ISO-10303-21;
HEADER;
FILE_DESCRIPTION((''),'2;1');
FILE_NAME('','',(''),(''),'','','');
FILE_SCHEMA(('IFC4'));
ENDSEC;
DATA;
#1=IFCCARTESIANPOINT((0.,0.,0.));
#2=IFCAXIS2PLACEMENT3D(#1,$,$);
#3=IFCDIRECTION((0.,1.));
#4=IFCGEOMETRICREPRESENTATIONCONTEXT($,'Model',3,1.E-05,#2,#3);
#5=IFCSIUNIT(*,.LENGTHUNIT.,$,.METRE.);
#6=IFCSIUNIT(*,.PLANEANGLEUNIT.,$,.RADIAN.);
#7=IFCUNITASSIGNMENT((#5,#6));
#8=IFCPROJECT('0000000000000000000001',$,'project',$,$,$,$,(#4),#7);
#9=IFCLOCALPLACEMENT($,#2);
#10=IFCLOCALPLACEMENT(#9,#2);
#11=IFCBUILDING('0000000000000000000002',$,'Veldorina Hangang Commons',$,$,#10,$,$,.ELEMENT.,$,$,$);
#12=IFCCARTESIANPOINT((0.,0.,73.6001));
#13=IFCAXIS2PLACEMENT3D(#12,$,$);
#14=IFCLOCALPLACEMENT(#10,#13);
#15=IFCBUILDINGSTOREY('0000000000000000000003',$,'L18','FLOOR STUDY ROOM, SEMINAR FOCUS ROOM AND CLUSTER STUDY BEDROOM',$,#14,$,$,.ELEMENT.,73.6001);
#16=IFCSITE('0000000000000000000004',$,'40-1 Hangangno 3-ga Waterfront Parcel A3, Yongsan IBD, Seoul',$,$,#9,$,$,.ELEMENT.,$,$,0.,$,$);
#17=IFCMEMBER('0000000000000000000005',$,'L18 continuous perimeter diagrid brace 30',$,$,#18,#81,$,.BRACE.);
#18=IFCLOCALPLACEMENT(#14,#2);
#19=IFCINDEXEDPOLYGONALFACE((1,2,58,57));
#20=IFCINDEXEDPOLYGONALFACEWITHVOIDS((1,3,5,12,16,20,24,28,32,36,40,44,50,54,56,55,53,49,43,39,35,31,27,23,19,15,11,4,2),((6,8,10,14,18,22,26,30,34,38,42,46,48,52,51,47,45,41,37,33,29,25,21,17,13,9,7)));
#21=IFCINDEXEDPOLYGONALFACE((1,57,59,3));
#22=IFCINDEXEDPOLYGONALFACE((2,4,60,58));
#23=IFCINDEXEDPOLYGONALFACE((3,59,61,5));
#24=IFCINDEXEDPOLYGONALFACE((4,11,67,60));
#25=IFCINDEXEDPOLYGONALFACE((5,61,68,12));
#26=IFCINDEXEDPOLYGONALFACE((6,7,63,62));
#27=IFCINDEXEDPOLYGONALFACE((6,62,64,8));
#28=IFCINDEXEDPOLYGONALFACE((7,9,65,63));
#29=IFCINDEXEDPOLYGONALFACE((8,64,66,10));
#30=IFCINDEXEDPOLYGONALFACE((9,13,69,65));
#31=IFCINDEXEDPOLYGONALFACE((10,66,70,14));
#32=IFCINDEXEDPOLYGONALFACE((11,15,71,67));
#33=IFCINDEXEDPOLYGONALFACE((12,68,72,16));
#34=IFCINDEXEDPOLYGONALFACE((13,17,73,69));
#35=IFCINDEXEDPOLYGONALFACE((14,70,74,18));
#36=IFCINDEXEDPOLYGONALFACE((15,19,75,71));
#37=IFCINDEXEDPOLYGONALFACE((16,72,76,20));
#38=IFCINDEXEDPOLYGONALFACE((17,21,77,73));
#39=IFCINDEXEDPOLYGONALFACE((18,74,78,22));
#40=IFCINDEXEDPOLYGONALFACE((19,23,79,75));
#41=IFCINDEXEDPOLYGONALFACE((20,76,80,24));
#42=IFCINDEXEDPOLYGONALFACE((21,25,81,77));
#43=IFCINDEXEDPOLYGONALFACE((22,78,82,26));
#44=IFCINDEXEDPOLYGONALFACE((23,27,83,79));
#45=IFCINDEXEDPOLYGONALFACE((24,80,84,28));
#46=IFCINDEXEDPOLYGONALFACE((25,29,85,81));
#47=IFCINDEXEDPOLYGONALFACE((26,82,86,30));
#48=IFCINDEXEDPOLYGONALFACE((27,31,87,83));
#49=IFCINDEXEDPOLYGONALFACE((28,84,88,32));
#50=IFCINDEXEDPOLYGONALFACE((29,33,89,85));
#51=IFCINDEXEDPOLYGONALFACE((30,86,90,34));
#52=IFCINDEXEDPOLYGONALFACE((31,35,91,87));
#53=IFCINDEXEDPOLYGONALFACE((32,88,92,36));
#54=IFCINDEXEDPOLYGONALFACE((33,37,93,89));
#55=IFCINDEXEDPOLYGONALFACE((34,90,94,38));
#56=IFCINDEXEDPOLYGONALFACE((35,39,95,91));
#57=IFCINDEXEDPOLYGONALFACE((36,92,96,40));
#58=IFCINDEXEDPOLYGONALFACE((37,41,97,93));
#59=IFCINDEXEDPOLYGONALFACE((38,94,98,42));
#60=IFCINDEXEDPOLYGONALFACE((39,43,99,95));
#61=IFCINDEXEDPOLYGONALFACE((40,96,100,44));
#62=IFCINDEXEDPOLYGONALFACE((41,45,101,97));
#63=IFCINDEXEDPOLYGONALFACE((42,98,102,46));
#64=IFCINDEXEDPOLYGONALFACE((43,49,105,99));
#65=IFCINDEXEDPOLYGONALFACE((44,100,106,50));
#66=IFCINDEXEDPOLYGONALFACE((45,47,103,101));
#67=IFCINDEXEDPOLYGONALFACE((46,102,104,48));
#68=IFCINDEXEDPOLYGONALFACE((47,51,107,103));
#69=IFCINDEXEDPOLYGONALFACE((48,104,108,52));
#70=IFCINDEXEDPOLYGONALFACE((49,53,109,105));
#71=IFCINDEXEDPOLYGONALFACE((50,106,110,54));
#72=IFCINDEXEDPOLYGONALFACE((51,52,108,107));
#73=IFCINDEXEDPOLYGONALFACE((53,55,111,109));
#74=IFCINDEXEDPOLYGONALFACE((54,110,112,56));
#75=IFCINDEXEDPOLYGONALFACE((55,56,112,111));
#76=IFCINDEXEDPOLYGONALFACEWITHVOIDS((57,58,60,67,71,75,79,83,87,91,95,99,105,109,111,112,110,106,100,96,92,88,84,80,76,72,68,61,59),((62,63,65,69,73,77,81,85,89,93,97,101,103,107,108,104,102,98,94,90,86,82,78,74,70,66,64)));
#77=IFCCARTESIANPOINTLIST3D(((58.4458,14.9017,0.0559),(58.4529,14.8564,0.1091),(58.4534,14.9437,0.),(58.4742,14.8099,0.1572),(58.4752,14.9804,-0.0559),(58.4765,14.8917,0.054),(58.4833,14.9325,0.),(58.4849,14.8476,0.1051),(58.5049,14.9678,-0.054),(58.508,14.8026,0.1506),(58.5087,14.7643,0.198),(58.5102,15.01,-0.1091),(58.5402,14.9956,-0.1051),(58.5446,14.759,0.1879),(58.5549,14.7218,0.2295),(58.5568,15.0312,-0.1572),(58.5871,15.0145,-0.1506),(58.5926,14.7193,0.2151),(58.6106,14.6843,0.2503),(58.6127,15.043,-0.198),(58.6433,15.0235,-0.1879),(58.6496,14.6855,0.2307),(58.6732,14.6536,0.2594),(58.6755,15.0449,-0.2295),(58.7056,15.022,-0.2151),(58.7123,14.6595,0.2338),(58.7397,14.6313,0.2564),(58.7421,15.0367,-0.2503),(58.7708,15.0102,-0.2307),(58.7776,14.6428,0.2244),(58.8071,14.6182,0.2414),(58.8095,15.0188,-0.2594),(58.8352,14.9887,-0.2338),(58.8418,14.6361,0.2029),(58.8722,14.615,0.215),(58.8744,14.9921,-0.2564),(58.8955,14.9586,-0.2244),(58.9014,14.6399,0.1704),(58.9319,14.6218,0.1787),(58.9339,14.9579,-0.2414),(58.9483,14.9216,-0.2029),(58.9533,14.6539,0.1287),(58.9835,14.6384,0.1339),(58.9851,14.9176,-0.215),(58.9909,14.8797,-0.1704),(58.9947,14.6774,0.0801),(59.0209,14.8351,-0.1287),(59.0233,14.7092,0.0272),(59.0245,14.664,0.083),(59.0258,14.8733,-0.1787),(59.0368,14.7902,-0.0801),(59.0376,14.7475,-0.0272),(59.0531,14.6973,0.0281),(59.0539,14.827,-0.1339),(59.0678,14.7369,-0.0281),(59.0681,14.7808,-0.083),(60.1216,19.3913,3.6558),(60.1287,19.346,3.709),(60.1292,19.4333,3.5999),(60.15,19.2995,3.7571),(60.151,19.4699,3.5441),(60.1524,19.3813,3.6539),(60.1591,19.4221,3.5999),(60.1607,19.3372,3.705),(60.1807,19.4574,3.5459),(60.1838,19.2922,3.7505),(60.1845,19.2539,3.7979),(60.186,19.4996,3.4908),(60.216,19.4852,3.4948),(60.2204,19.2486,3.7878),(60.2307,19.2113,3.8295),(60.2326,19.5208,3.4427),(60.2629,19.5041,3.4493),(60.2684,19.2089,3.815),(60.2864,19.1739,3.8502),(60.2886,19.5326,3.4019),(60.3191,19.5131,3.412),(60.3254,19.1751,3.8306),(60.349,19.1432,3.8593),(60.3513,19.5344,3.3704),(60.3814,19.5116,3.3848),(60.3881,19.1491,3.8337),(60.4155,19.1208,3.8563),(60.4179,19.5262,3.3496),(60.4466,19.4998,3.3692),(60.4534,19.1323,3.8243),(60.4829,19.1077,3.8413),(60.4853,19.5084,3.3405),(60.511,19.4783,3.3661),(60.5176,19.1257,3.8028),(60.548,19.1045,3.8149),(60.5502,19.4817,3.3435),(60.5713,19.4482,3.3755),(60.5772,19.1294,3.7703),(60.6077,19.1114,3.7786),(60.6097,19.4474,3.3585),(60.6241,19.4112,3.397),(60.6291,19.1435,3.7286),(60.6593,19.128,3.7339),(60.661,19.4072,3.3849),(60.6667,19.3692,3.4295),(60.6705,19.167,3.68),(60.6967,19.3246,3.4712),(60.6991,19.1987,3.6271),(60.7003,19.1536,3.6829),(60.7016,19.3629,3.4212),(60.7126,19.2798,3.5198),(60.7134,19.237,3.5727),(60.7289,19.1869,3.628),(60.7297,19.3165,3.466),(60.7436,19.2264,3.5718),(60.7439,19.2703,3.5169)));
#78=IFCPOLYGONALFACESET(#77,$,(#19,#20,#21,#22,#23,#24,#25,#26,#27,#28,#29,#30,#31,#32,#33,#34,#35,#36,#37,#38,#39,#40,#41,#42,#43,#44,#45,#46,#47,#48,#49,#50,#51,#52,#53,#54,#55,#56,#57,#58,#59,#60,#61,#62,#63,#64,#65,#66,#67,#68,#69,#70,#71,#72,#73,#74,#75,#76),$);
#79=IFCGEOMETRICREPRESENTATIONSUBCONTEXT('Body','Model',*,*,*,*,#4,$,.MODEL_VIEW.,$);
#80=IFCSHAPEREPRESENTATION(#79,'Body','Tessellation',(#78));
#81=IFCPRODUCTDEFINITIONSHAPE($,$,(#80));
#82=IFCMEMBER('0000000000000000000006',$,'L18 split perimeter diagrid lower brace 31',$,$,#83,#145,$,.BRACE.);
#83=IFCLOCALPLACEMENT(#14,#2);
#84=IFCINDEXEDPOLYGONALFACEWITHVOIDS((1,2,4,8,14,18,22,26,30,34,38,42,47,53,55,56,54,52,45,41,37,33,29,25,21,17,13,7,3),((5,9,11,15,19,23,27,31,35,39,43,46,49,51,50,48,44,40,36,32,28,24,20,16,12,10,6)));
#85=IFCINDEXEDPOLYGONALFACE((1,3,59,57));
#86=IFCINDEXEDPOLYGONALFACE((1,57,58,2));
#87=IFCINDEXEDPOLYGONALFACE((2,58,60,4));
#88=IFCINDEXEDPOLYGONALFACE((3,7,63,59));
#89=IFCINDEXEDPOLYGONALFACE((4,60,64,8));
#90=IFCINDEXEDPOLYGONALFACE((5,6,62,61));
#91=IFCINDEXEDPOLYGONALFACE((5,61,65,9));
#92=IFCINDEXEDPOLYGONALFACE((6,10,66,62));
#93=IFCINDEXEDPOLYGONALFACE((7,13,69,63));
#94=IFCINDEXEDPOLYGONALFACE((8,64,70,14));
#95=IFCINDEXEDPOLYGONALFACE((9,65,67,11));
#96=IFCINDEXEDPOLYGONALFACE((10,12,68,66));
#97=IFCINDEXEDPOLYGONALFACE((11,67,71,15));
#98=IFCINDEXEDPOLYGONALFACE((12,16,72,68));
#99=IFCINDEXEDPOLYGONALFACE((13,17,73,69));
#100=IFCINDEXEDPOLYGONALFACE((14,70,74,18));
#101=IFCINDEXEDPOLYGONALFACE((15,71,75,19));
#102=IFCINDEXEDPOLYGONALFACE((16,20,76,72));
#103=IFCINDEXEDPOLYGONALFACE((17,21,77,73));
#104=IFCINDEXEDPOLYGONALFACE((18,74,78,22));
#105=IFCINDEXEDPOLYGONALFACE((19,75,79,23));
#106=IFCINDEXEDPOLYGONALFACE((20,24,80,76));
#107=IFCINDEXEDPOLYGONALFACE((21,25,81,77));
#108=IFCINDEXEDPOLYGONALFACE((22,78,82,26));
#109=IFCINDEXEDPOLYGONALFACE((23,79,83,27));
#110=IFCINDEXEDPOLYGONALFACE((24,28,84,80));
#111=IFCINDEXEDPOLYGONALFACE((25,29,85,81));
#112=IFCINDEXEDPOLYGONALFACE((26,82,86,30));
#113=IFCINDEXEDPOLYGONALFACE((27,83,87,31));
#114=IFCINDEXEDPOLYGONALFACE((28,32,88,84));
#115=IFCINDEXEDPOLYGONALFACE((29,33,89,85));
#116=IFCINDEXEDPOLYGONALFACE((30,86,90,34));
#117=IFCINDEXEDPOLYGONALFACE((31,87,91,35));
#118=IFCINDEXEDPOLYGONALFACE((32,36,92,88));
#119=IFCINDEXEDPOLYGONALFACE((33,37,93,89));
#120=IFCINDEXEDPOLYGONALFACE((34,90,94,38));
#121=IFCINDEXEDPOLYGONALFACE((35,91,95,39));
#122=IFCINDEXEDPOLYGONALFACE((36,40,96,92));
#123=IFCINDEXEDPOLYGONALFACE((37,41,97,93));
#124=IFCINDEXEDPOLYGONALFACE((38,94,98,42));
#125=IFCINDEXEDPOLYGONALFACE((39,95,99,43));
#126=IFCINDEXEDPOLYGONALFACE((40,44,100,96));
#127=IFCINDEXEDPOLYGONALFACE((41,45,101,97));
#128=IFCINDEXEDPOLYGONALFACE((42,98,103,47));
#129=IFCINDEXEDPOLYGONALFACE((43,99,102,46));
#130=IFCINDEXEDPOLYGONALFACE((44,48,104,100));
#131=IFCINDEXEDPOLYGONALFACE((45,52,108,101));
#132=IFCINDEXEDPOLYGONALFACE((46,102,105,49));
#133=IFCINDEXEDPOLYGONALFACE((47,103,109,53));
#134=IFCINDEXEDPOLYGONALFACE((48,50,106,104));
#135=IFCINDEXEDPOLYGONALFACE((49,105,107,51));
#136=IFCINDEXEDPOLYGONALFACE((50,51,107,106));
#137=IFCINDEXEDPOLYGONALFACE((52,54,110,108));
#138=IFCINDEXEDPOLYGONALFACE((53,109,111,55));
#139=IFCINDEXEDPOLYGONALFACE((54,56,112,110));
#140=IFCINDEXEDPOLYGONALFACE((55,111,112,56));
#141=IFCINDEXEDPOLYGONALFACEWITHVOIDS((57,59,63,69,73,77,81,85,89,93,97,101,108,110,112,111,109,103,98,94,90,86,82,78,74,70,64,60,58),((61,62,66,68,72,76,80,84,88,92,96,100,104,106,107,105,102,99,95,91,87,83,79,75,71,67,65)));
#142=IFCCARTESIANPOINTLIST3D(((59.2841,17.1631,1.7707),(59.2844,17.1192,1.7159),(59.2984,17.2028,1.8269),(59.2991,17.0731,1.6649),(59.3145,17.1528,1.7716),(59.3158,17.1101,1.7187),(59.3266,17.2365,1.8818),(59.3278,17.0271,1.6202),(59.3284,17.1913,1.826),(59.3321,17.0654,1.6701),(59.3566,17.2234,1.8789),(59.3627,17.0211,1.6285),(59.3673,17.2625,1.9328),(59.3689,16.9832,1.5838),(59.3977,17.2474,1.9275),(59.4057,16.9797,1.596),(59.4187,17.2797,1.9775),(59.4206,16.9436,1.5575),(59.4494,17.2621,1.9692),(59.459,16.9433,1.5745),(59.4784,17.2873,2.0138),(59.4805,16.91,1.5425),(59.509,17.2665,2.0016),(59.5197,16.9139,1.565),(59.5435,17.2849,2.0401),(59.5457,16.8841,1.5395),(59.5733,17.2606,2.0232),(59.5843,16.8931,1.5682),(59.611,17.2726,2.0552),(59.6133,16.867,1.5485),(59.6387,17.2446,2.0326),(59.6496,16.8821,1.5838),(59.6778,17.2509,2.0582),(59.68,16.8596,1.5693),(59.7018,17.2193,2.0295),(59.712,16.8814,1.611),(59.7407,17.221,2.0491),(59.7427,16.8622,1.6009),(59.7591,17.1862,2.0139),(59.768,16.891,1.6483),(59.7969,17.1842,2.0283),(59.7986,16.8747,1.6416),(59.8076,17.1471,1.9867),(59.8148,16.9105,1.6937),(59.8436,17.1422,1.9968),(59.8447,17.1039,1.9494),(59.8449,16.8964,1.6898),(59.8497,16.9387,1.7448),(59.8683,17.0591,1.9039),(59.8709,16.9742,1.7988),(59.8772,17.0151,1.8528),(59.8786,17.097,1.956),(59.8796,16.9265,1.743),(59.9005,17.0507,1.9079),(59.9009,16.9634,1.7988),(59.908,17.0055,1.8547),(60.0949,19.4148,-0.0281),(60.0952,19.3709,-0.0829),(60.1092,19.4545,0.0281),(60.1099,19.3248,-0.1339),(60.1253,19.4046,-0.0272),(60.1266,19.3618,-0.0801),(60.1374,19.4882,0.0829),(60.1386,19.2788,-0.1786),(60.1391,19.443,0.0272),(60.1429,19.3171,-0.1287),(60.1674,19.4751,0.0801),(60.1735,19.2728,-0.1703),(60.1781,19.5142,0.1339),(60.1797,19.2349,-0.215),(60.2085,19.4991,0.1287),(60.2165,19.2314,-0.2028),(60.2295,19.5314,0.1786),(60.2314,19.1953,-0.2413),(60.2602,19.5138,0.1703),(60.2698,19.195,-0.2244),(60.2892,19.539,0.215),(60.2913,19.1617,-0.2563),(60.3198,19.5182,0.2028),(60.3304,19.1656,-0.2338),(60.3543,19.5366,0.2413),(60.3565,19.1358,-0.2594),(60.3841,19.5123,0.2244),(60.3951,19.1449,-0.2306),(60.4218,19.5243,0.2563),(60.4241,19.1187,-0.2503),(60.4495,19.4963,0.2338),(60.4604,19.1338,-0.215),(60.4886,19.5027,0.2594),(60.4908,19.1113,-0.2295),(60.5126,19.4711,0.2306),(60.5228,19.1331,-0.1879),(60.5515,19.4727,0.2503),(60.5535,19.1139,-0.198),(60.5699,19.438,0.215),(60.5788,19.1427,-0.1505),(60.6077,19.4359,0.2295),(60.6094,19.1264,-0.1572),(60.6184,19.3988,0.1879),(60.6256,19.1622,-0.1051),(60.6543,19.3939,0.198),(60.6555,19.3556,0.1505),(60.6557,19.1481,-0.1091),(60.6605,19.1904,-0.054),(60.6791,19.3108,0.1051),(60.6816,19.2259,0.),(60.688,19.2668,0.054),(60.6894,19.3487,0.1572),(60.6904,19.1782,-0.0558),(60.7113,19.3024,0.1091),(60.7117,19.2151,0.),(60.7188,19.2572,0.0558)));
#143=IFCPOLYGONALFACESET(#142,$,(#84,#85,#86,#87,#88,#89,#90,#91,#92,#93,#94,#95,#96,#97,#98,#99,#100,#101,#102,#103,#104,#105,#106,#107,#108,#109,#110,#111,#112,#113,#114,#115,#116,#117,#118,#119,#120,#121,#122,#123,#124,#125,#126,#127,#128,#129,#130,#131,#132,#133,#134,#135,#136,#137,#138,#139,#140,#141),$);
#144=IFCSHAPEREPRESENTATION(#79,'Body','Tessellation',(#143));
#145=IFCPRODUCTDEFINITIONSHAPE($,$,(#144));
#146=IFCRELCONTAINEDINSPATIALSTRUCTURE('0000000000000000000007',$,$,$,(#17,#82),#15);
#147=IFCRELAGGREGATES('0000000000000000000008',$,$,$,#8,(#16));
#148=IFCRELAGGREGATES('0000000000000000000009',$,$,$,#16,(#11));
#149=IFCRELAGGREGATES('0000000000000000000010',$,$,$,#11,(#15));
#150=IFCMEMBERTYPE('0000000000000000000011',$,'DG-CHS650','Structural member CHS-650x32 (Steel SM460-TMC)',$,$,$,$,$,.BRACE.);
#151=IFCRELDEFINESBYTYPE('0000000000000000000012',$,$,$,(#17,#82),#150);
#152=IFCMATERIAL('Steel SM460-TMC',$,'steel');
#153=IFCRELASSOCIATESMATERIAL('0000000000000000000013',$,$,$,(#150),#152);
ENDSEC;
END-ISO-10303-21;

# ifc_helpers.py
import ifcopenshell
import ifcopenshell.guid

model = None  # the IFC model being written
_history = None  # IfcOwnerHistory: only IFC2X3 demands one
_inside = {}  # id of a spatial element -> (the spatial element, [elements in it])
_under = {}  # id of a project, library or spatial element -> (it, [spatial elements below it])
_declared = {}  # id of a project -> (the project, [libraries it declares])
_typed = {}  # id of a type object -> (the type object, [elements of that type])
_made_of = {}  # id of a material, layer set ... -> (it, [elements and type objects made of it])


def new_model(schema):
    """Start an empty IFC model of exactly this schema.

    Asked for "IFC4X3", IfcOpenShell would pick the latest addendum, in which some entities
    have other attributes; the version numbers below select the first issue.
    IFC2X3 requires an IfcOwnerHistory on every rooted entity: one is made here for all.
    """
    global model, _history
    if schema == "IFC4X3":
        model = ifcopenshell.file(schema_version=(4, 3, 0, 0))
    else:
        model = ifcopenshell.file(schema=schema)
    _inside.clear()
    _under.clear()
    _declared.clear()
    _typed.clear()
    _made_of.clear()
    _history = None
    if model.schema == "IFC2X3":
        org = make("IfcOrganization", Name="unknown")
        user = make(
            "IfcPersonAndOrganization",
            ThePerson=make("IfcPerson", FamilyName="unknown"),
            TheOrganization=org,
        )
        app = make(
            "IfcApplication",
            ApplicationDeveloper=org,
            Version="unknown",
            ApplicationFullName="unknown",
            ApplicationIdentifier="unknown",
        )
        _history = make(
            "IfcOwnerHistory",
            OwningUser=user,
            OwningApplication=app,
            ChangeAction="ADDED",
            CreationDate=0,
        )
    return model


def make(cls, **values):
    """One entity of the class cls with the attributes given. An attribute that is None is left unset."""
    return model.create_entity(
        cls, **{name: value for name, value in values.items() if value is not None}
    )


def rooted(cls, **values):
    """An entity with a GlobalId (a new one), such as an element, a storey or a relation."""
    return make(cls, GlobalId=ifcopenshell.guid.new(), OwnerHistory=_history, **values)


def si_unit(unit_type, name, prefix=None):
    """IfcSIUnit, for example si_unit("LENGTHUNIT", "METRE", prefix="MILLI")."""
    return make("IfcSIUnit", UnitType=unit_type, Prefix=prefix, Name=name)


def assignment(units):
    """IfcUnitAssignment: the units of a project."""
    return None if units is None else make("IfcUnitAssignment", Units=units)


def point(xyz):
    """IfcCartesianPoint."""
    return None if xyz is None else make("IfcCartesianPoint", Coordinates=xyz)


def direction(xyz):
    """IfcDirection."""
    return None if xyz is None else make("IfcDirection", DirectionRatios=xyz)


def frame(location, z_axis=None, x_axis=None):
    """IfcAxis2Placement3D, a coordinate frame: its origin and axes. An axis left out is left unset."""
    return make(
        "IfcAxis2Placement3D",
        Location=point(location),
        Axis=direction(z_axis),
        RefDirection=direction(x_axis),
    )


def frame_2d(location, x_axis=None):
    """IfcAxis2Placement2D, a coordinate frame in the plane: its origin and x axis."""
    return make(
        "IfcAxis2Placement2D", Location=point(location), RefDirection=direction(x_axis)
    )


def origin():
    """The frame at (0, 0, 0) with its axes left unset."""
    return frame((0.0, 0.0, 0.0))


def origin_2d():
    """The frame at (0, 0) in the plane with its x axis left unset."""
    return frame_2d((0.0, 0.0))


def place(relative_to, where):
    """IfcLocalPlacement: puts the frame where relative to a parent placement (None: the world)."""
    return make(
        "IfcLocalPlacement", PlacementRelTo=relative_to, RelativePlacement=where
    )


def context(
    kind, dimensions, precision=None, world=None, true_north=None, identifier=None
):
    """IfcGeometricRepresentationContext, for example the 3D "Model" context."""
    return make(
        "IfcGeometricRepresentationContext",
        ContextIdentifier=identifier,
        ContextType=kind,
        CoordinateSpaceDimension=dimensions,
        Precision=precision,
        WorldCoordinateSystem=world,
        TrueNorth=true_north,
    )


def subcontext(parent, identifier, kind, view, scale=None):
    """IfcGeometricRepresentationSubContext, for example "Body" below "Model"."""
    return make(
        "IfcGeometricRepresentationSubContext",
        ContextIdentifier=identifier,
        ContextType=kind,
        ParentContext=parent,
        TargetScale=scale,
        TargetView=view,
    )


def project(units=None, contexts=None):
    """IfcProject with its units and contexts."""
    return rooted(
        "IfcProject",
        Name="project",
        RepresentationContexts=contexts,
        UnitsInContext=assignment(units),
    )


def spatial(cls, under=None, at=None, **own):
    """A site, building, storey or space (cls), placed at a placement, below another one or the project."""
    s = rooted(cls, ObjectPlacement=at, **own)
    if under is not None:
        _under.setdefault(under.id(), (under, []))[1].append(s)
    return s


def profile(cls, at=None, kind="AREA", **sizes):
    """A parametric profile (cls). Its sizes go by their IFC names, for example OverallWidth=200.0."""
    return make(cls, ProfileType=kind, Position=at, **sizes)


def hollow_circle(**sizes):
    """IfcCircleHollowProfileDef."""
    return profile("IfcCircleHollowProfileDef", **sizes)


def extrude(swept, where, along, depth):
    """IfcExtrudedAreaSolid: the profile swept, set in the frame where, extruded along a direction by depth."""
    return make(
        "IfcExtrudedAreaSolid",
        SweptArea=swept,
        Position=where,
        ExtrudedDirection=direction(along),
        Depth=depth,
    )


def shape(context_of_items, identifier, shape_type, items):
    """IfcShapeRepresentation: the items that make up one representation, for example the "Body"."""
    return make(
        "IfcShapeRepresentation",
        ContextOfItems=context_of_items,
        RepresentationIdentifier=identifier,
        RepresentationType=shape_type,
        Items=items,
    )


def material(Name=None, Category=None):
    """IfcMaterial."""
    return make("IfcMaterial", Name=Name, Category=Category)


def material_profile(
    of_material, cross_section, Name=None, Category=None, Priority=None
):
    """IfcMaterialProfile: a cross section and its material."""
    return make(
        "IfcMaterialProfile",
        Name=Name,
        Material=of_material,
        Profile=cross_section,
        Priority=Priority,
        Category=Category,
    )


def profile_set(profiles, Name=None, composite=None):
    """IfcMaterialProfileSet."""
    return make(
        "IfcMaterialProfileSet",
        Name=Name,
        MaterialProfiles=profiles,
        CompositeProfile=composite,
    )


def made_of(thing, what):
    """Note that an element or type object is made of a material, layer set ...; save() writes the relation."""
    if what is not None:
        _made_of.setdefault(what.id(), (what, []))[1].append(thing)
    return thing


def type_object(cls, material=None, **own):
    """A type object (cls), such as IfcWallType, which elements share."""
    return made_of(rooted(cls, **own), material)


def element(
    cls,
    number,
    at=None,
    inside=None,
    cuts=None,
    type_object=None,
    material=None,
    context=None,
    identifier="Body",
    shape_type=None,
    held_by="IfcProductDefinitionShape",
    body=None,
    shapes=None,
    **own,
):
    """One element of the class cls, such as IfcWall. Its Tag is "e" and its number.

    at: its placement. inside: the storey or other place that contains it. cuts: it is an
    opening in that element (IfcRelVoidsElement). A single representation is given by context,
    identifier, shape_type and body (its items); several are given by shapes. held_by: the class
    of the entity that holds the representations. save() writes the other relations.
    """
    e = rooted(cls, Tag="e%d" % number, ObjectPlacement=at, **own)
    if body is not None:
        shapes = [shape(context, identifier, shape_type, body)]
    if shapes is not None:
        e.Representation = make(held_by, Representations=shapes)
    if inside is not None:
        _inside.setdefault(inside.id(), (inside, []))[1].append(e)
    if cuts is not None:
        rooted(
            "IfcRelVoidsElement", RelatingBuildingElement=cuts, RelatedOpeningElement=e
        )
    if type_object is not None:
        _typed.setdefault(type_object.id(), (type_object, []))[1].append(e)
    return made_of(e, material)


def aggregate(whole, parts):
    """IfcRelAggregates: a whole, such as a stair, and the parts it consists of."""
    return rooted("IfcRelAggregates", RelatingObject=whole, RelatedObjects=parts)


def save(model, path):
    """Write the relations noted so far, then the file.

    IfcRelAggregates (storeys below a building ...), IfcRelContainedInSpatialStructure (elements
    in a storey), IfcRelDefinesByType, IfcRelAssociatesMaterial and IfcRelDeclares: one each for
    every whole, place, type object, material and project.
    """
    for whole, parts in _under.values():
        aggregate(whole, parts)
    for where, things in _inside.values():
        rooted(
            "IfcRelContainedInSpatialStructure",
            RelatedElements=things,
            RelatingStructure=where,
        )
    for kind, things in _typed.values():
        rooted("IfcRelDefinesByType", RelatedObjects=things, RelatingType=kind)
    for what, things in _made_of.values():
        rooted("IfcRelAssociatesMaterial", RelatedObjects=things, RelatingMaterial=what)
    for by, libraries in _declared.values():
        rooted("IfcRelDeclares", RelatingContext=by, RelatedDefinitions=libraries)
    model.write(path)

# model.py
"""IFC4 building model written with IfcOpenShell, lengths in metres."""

from ifc_helpers import new_model, si_unit, direction, frame, origin, origin_2d, place, context, subcontext, project, spatial, hollow_circle, extrude, material, material_profile, profile_set, type_object, element, save


model = new_model("IFC4")

# Units and contexts
model_context = context("Model", 3, precision=1e-05, world=origin(), true_north=direction((0.0, 1.0)))
body_context = subcontext(model_context, "Body", "Model", "MODEL_VIEW")
ifc_project = project(units=[si_unit("LENGTHUNIT", "METRE"), si_unit("PLANEANGLEUNIT", "RADIAN")], contexts=[model_context])

# Site, building, storey
site_placement = place(None, origin())
site = spatial("IfcSite", under=ifc_project, at=site_placement, Name="40-1 Hangangno 3-ga Waterfront Parcel A3, Yongsan IBD, Seoul", CompositionType="ELEMENT", RefElevation=0.0)
building_placement = place(site_placement, origin())
building = spatial("IfcBuilding", under=site, at=building_placement, Name="Veldorina Hangang Commons", CompositionType="ELEMENT")
storey_placement = place(building_placement, frame((0.0, 0.0, 73.6001)))
storey = spatial("IfcBuildingStorey", under=building, at=storey_placement, Name="L18", Description="FLOOR STUDY ROOM, SEMINAR FOCUS ROOM AND CLUSTER STUDY BEDROOM", CompositionType="ELEMENT", Elevation=73.6001)

# Members
ifc_material_1 = material(Name="Steel SM460-TMC", Category="steel")
ifc_material_profile_1 = material_profile(ifc_material_1, hollow_circle(Radius=0.325, WallThickness=0.032, at=origin_2d()), Name="CHS-650x32")
ifc_profile_set_1 = profile_set([ifc_material_profile_1], Name="Steel SM460-TMC")
member_type_1 = type_object("IfcMemberType", Name="DG-CHS650", Description="Structural member CHS-650x32 (Steel SM460-TMC)", PredefinedType="BRACE", material=ifc_profile_set_1)
member_1_placement = place(storey_placement, frame((58.7578, 14.8301, 0.0), z_axis=(0.279597, 0.749054, 0.60062), x_axis=(-0.936862, 0.349699, 0.0)))
element("IfcMember", 1, at=member_1_placement, inside=storey, type_object=member_type_1, Name="L18 continuous perimeter diagrid brace 30", PredefinedType="BRACE", context=body_context, shape_type="SweptSolid", body=[
    extrude(hollow_circle(Radius=0.325, WallThickness=0.032, at=origin_2d()), origin(), (0.0, 0.0, 1.0), 5.9937),
])
member_2_placement = place(storey_placement, frame((60.406, 19.3252, 0.0), z_axis=(-0.270816, -0.752102, 0.600834), x_axis=(0.940864, -0.338784, 0.0)))
element("IfcMember", 2, at=member_2_placement, inside=storey, type_object=member_type_1, Name="L18 split perimeter diagrid lower brace 31", PredefinedType="BRACE", context=body_context, shape_type="SweptSolid", body=[
    extrude(hollow_circle(Radius=0.325, WallThickness=0.032, at=origin_2d()), origin(), (0.0, 0.0, 1.0), 2.9939),
])

save(model, "model.ifc")
